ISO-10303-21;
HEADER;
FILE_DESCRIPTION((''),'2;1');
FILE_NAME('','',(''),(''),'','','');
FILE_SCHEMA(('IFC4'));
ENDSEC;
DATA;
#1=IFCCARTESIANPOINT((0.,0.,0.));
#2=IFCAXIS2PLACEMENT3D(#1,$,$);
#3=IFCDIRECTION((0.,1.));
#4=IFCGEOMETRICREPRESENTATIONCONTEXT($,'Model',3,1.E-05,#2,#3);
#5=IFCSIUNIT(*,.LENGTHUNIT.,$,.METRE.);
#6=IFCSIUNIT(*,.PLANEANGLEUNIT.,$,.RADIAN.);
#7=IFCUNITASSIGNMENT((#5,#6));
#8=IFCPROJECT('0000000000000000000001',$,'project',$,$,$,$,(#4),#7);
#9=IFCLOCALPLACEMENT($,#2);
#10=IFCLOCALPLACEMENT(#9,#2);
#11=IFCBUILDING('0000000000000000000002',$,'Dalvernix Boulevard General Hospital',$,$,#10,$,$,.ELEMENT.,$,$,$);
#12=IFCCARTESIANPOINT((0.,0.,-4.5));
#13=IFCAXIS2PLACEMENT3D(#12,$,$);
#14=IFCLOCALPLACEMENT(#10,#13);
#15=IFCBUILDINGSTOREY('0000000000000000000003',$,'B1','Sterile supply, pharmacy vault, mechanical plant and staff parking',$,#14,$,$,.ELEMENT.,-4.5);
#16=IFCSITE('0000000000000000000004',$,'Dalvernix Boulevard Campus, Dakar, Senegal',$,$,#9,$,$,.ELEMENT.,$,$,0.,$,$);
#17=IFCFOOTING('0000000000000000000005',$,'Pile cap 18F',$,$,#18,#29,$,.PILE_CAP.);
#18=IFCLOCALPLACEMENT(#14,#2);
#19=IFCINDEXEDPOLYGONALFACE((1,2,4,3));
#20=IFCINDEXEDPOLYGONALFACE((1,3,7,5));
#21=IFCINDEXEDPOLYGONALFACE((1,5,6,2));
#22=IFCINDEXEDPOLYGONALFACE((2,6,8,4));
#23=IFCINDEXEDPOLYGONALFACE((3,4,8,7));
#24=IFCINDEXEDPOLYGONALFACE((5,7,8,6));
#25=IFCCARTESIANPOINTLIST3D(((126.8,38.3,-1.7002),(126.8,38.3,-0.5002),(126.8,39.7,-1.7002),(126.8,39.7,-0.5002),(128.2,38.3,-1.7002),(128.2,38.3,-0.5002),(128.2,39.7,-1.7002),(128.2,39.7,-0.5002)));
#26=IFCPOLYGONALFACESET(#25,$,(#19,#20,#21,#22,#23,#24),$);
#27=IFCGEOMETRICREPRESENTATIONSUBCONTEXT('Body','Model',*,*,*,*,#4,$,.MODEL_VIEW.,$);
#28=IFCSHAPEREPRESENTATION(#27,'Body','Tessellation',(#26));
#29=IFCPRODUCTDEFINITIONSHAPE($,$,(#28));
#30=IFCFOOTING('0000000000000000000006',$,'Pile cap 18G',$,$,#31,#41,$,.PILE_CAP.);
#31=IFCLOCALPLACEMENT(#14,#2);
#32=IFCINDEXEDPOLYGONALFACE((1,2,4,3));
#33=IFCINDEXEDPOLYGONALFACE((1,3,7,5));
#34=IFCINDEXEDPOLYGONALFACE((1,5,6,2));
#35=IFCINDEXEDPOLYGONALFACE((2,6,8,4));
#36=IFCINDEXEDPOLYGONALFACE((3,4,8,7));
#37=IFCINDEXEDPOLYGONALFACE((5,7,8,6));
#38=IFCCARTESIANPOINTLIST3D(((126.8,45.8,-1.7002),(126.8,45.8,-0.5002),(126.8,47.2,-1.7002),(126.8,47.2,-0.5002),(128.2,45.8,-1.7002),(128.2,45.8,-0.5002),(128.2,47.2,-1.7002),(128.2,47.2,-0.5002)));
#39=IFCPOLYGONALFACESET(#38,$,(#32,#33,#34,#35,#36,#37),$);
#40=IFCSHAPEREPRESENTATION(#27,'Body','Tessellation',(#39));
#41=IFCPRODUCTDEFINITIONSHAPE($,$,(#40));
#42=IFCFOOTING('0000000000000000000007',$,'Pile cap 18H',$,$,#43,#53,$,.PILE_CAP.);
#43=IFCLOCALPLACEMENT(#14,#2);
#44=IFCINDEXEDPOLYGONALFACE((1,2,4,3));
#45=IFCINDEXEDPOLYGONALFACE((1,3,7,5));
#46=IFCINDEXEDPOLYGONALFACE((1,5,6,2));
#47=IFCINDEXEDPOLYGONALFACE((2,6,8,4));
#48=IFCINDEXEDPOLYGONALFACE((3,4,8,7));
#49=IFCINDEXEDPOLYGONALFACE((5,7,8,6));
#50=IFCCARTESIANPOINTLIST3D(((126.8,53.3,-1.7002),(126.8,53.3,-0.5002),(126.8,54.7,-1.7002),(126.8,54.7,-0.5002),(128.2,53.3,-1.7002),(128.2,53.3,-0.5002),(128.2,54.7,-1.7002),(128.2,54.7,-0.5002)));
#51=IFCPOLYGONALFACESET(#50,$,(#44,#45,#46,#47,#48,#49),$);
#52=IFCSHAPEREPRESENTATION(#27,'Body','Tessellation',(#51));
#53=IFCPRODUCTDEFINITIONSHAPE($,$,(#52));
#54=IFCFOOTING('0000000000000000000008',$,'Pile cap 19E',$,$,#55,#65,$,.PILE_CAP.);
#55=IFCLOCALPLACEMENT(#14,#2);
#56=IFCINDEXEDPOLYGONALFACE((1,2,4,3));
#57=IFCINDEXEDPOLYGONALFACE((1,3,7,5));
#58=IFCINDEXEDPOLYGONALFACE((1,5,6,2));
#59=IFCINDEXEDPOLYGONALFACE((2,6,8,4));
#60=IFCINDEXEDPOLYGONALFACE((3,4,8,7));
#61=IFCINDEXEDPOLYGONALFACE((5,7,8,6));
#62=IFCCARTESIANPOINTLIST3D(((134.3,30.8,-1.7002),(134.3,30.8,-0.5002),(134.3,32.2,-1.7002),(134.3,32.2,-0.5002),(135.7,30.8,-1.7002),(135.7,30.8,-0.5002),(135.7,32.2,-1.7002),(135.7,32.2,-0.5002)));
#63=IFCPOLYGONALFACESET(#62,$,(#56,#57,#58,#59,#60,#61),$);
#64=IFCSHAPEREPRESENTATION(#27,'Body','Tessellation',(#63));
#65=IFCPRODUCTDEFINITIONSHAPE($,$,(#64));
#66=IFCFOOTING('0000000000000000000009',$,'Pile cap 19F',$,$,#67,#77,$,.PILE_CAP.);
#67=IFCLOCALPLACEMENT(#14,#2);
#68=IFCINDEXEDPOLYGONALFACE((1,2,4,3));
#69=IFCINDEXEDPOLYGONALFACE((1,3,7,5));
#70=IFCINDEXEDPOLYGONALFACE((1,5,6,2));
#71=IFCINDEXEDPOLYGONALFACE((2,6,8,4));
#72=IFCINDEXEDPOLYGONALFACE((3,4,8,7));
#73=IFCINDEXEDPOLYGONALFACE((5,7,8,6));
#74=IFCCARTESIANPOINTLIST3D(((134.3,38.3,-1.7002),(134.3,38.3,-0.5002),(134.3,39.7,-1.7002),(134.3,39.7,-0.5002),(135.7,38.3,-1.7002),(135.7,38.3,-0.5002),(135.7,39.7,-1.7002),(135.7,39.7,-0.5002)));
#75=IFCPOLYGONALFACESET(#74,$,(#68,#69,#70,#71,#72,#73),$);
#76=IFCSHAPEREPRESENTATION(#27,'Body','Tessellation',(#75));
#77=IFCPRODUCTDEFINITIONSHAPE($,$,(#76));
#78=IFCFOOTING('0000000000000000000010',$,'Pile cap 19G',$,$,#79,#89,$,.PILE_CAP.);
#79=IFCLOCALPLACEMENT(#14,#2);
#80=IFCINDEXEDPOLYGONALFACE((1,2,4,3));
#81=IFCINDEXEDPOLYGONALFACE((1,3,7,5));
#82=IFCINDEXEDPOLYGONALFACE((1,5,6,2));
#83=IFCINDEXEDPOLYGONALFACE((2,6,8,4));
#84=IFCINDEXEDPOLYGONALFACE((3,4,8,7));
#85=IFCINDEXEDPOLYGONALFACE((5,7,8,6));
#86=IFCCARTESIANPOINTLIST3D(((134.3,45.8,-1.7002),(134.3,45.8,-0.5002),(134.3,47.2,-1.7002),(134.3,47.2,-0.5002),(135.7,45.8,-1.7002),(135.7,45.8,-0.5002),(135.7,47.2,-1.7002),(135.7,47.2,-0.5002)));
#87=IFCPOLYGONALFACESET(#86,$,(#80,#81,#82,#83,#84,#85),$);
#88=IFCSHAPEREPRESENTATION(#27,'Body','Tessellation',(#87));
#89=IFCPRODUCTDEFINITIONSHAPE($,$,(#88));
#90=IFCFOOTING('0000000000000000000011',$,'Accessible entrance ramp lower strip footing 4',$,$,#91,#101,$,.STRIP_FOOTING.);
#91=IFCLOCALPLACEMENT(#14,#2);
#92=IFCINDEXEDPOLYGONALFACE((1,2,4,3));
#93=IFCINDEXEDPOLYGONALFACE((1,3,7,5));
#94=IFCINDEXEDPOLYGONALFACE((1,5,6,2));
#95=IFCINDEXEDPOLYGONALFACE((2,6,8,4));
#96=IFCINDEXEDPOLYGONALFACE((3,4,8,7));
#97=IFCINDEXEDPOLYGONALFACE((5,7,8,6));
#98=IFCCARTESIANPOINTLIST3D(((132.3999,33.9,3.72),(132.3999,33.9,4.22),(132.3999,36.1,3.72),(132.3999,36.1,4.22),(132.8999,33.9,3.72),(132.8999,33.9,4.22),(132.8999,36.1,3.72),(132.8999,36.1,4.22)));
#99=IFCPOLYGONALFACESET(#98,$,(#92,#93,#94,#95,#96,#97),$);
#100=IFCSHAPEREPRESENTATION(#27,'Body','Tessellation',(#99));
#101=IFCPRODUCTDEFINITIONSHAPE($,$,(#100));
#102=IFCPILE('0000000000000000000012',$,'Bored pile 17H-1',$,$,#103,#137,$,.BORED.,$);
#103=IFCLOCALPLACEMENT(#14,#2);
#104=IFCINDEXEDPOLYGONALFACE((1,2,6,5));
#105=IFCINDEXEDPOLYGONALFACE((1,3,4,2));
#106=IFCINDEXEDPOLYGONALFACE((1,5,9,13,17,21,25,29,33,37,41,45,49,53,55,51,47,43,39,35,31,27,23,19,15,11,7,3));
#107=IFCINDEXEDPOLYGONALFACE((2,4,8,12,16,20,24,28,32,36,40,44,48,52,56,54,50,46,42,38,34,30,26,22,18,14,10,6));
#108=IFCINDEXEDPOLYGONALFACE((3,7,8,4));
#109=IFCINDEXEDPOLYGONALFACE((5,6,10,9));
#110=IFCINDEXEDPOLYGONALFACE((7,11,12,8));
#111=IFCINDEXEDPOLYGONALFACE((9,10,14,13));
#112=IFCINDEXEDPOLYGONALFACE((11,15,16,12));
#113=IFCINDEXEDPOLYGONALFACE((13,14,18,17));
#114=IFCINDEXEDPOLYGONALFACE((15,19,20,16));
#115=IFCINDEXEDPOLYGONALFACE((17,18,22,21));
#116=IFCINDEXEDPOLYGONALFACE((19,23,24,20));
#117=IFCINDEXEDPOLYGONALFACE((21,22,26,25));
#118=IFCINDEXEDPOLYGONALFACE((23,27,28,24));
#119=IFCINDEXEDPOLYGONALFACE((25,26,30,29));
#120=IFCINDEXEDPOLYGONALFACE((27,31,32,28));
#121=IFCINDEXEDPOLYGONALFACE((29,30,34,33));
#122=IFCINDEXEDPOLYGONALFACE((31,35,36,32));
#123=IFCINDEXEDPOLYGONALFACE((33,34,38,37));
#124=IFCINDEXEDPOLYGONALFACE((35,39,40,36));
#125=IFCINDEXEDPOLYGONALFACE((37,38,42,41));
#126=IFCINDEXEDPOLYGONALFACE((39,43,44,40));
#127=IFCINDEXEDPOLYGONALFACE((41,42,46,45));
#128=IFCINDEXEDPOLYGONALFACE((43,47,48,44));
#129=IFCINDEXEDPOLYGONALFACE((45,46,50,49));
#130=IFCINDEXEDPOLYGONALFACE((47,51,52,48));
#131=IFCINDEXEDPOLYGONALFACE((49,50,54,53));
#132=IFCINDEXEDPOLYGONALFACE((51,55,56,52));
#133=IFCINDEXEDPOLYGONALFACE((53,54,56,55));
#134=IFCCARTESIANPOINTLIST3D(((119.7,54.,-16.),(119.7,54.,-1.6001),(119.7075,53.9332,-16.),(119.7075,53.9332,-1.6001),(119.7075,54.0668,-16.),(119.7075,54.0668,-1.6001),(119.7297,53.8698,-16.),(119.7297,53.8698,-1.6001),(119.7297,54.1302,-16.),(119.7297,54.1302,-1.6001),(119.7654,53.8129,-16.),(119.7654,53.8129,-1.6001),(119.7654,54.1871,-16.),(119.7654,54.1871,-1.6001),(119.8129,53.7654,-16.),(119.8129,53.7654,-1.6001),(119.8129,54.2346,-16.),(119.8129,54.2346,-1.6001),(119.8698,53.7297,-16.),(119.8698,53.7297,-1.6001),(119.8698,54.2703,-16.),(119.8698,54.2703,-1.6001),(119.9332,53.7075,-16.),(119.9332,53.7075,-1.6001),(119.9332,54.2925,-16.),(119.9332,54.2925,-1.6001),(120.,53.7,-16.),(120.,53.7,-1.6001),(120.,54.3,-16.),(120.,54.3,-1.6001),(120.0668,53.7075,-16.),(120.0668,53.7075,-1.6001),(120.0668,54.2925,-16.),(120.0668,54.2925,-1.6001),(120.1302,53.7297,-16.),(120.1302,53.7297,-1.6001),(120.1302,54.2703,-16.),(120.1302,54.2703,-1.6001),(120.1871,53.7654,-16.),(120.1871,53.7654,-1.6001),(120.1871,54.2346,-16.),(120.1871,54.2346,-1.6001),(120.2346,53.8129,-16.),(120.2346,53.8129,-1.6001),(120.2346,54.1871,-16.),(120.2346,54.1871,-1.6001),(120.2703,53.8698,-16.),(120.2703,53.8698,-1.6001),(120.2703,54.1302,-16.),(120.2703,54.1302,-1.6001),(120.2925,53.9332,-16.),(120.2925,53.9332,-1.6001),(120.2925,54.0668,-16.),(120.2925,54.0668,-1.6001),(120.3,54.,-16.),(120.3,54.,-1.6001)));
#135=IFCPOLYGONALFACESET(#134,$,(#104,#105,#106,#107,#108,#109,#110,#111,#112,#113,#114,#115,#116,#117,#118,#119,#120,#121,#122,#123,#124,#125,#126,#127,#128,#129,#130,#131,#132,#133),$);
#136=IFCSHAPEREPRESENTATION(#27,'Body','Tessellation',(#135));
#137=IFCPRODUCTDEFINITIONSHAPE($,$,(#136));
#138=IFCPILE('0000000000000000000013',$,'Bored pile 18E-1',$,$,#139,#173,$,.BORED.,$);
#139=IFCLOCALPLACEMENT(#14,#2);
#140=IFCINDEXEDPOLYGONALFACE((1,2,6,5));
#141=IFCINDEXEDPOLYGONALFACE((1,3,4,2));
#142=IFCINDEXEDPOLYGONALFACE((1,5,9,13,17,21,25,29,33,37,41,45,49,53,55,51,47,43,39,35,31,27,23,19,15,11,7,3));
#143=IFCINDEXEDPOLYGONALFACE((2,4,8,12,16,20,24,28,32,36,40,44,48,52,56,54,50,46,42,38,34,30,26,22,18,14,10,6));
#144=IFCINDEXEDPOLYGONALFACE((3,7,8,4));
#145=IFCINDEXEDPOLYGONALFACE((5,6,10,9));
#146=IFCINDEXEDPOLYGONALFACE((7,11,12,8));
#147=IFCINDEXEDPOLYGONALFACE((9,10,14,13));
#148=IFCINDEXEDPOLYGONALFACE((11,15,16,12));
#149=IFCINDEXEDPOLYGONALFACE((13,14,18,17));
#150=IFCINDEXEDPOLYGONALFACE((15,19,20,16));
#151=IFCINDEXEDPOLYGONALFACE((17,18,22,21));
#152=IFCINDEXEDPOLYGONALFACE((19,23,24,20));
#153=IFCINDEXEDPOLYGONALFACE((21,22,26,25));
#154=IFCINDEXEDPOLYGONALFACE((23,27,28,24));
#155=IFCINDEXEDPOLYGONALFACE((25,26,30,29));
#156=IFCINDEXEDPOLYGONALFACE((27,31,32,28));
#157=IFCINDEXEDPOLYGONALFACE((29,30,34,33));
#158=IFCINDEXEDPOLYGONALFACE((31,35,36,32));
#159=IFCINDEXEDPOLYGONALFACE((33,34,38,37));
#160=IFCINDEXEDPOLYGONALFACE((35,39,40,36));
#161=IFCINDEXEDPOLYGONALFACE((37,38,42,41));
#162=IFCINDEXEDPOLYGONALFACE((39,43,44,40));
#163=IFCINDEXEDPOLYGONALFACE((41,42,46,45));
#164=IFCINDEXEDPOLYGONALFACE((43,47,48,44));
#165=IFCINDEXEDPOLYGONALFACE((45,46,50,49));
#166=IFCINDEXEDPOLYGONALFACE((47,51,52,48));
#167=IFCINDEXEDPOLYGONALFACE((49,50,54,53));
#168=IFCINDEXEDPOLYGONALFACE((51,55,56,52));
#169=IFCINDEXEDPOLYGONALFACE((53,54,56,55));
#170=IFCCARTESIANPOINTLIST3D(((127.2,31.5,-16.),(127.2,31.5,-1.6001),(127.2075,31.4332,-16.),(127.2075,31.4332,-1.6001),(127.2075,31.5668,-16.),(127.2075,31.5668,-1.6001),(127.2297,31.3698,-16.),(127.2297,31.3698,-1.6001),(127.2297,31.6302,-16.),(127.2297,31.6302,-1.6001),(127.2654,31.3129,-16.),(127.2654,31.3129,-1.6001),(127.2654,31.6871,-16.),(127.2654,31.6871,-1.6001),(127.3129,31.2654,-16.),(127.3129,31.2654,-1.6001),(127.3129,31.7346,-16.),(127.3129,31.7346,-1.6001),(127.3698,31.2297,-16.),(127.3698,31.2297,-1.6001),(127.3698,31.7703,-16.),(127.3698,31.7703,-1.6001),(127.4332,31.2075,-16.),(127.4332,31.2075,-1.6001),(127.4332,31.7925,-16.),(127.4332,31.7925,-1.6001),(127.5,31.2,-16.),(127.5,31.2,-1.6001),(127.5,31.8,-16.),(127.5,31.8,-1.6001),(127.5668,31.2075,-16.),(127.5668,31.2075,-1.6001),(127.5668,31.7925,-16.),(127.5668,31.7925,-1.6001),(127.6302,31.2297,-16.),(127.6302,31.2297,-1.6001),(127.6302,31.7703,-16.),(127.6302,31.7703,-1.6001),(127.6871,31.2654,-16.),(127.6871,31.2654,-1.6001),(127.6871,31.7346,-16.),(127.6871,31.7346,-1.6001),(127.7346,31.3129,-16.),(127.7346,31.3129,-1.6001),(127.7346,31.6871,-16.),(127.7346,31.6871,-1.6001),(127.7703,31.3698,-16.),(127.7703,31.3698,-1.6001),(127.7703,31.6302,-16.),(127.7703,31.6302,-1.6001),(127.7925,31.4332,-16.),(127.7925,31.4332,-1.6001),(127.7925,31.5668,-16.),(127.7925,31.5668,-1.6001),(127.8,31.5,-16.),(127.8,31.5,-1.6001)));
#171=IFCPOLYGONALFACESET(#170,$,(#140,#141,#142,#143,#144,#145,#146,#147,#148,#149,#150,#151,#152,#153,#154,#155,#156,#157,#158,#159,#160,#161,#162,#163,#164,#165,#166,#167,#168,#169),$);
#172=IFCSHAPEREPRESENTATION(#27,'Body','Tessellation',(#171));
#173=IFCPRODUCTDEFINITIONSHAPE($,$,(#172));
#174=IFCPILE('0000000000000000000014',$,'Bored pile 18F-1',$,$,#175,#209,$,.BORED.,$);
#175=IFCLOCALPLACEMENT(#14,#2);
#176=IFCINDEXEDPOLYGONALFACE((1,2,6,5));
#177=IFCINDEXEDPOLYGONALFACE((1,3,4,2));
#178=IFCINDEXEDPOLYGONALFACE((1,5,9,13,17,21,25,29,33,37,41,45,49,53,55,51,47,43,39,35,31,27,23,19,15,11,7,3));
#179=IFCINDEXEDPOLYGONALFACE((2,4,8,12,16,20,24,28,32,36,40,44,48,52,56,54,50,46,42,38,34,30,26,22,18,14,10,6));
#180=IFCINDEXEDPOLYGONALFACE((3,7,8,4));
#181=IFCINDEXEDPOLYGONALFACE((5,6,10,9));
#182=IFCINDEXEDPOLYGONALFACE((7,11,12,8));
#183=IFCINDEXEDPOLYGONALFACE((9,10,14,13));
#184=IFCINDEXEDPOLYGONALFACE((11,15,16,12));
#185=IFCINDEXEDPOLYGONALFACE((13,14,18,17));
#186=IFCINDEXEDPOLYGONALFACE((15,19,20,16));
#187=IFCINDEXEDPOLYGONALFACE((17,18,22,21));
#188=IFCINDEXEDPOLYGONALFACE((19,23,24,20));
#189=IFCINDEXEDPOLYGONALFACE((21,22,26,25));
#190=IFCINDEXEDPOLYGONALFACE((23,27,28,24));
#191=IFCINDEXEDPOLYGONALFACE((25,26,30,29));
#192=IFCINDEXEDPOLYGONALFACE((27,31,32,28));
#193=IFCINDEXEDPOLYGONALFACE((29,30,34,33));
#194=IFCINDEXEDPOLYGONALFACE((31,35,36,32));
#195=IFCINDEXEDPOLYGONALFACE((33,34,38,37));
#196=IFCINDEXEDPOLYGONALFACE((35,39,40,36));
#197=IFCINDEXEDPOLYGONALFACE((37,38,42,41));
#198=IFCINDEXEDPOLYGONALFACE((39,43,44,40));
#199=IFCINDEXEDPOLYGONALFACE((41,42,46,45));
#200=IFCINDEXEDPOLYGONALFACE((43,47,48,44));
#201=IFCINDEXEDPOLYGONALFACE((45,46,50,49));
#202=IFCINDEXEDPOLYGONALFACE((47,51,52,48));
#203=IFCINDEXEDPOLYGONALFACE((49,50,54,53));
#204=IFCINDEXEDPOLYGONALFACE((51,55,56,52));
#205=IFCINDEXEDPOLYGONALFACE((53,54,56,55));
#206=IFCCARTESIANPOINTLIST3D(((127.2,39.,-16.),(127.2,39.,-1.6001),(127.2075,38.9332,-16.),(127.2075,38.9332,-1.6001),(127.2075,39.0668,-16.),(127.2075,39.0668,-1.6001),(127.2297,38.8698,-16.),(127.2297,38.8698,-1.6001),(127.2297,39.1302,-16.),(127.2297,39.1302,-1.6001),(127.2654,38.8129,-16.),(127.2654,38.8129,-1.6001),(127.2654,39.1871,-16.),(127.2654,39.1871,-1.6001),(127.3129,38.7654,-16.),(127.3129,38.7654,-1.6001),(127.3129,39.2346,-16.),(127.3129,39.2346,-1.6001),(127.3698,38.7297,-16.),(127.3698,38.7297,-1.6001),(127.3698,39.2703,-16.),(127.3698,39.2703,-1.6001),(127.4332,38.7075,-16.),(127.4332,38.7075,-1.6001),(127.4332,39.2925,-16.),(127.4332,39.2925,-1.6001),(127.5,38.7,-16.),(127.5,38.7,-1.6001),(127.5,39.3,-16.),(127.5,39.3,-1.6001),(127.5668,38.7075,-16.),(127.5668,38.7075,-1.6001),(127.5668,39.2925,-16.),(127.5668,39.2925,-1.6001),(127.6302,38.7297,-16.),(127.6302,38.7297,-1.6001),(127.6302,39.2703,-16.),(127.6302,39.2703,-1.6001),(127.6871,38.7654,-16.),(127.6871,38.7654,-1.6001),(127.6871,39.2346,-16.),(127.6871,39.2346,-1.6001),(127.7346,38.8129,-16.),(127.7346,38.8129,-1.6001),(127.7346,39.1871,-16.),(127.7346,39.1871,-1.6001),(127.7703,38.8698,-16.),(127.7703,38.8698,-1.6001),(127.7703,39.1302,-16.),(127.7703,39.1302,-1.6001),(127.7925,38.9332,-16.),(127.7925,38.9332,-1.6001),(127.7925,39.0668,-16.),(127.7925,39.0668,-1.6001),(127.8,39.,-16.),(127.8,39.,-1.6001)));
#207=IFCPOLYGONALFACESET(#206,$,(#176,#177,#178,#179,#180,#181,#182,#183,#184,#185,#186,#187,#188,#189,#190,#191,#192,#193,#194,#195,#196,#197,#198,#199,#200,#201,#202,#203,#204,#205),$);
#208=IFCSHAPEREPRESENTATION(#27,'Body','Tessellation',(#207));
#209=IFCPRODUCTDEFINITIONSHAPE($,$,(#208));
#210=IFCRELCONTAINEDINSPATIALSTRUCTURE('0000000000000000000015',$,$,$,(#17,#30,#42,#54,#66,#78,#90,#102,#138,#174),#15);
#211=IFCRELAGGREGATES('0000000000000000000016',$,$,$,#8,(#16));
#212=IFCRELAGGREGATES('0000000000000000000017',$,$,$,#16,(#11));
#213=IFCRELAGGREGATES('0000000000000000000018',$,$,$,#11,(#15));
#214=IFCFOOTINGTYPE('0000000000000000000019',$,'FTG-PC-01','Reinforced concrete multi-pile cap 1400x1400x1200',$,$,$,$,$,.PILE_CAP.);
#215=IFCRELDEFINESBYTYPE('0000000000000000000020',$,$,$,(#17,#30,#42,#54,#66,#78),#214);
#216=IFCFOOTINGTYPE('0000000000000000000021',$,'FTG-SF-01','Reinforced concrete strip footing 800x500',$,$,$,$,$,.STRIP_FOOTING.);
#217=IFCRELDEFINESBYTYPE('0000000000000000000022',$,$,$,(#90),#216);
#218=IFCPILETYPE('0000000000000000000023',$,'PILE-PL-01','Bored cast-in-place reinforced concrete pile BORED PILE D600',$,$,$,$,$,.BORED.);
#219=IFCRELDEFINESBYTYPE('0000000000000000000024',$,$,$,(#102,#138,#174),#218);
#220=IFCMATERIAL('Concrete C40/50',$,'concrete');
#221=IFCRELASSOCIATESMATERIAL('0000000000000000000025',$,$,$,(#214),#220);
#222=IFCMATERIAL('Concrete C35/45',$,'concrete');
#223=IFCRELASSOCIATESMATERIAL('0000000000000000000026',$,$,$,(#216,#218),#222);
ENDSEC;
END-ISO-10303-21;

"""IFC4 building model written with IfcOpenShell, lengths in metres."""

from ifc_helpers import new_model, si_unit, direction, frame, origin, origin_2d, place, context, subcontext, project, spatial, rectangle, circle, extrude, material, material_profile, profile_set, type_object, element, save


model = new_model("IFC4")

# Units and contexts
model_context = context("Model", 3, precision=1e-05, world=origin(), true_north=direction((0.0, 1.0)))
body_context = subcontext(model_context, "Body", "Model", "MODEL_VIEW")
ifc_project = project(units=[si_unit("LENGTHUNIT", "METRE"), si_unit("PLANEANGLEUNIT", "RADIAN")], contexts=[model_context])

# Site, building, storey
site_placement = place(None, origin())
site = spatial("IfcSite", under=ifc_project, at=site_placement, Name="Dalvernix Boulevard Campus, Dakar, Senegal", CompositionType="ELEMENT", RefElevation=0.0)
building_placement = place(site_placement, origin())
building = spatial("IfcBuilding", under=site, at=building_placement, Name="Dalvernix Boulevard General Hospital", CompositionType="ELEMENT")
storey_placement = place(building_placement, frame((0.0, 0.0, -4.5)))
storey = spatial("IfcBuildingStorey", under=building, at=storey_placement, Name="B1", Description="Sterile supply, pharmacy vault, mechanical plant and staff parking", CompositionType="ELEMENT", Elevation=-4.5)

# Footings
ifc_material_1 = material(Name="Concrete C35/45", Category="concrete")
ifc_material_2 = material(Name="Concrete C40/50", Category="concrete")
footing_type_1 = type_object("IfcFootingType", Name="FTG-PC-01", Description="Reinforced concrete multi-pile cap 1400x1400x1200", PredefinedType="PILE_CAP", material=ifc_material_2)
for number, where, z_axis, x_axis, name in (
    (1, (127.5, 39.0, -1.7002), (0.0, 0.0, 1.0), (1.0, 0.0, 0.0), "Pile cap 18F"),
    (2, (127.5, 46.5, -1.7002), (0.0, 0.0, 1.0), (1.0, 0.0, 0.0), "Pile cap 18G"),
    (3, (127.5, 54.0, -1.7002), (0.0, 0.0, 1.0), (1.0, 0.0, 0.0), "Pile cap 18H"),
    (4, (135.0, 31.5, -1.7002), (0.0, 0.0, 1.0), (1.0, 0.0, 0.0), "Pile cap 19E"),
    (5, (135.0, 39.0, -1.7002), (0.0, 0.0, 1.0), (1.0, 0.0, 0.0), "Pile cap 19F"),
    (6, (135.0, 46.5, -1.7002), (0.0, 0.0, 1.0), (1.0, 0.0, 0.0), "Pile cap 19G"),
):
    element("IfcFooting", number, at=place(storey_placement, frame(where, z_axis=z_axis, x_axis=x_axis)), inside=storey, type_object=footing_type_1, Name=name, PredefinedType="PILE_CAP", context=body_context, shape_type="SweptSolid", body=[
        extrude(rectangle(XDim=1.3999, YDim=1.3999, at=origin_2d()), origin(), (0.0, 0.0, 1.0), 1.2),
    ])
footing_type_2 = type_object("IfcFootingType", Name="FTG-SF-01", Description="Reinforced concrete strip footing 800x500", PredefinedType="STRIP_FOOTING", material=ifc_material_1)
footing_1_placement = place(storey_placement, frame((132.6499, 35.0, 3.72), z_axis=(0.0, 0.0, 1.0), x_axis=(1.0, 0.0, 0.0)))
element("IfcFooting", 7, at=footing_1_placement, inside=storey, type_object=footing_type_2, Name="Accessible entrance ramp lower strip footing 4", PredefinedType="STRIP_FOOTING", context=body_context, shape_type="SweptSolid", body=[
    extrude(rectangle(XDim=0.5, YDim=2.2, at=origin_2d()), origin(), (0.0, 0.0, 1.0), 0.5),
])

# Piles
ifc_material_profile_1 = material_profile(ifc_material_1, circle(Radius=0.3, at=origin_2d()), Name="BORED PILE D600")
ifc_profile_set_1 = profile_set([ifc_material_profile_1], Name="Concrete C35/45")
pile_type = type_object("IfcPileType", Name="PILE-PL-01", Description="Bored cast-in-place reinforced concrete pile BORED PILE D600", PredefinedType="BORED", material=ifc_profile_set_1)
for number, where, z_axis, x_axis, name in (
    (8, (120.0, 54.0, -1.6001), (0.0, 0.0, -1.0), (1.0, 0.0, 0.0), "Bored pile 17H-1"),
    (9, (127.5, 31.5, -1.6001), (0.0, 0.0, -1.0), (1.0, 0.0, 0.0), "Bored pile 18E-1"),
    (10, (127.5, 39.0, -1.6001), (0.0, 0.0, -1.0), (1.0, 0.0, 0.0), "Bored pile 18F-1"),
):
    element("IfcPile", number, at=place(storey_placement, frame(where, z_axis=z_axis, x_axis=x_axis)), inside=storey, type_object=pile_type, Name=name, PredefinedType="BORED", context=body_context, shape_type="SweptSolid", body=[
        extrude(circle(Radius=0.3, at=origin_2d()), origin(), (0.0, 0.0, 1.0), 14.3999),
    ])

save(model, "model.ifc")
